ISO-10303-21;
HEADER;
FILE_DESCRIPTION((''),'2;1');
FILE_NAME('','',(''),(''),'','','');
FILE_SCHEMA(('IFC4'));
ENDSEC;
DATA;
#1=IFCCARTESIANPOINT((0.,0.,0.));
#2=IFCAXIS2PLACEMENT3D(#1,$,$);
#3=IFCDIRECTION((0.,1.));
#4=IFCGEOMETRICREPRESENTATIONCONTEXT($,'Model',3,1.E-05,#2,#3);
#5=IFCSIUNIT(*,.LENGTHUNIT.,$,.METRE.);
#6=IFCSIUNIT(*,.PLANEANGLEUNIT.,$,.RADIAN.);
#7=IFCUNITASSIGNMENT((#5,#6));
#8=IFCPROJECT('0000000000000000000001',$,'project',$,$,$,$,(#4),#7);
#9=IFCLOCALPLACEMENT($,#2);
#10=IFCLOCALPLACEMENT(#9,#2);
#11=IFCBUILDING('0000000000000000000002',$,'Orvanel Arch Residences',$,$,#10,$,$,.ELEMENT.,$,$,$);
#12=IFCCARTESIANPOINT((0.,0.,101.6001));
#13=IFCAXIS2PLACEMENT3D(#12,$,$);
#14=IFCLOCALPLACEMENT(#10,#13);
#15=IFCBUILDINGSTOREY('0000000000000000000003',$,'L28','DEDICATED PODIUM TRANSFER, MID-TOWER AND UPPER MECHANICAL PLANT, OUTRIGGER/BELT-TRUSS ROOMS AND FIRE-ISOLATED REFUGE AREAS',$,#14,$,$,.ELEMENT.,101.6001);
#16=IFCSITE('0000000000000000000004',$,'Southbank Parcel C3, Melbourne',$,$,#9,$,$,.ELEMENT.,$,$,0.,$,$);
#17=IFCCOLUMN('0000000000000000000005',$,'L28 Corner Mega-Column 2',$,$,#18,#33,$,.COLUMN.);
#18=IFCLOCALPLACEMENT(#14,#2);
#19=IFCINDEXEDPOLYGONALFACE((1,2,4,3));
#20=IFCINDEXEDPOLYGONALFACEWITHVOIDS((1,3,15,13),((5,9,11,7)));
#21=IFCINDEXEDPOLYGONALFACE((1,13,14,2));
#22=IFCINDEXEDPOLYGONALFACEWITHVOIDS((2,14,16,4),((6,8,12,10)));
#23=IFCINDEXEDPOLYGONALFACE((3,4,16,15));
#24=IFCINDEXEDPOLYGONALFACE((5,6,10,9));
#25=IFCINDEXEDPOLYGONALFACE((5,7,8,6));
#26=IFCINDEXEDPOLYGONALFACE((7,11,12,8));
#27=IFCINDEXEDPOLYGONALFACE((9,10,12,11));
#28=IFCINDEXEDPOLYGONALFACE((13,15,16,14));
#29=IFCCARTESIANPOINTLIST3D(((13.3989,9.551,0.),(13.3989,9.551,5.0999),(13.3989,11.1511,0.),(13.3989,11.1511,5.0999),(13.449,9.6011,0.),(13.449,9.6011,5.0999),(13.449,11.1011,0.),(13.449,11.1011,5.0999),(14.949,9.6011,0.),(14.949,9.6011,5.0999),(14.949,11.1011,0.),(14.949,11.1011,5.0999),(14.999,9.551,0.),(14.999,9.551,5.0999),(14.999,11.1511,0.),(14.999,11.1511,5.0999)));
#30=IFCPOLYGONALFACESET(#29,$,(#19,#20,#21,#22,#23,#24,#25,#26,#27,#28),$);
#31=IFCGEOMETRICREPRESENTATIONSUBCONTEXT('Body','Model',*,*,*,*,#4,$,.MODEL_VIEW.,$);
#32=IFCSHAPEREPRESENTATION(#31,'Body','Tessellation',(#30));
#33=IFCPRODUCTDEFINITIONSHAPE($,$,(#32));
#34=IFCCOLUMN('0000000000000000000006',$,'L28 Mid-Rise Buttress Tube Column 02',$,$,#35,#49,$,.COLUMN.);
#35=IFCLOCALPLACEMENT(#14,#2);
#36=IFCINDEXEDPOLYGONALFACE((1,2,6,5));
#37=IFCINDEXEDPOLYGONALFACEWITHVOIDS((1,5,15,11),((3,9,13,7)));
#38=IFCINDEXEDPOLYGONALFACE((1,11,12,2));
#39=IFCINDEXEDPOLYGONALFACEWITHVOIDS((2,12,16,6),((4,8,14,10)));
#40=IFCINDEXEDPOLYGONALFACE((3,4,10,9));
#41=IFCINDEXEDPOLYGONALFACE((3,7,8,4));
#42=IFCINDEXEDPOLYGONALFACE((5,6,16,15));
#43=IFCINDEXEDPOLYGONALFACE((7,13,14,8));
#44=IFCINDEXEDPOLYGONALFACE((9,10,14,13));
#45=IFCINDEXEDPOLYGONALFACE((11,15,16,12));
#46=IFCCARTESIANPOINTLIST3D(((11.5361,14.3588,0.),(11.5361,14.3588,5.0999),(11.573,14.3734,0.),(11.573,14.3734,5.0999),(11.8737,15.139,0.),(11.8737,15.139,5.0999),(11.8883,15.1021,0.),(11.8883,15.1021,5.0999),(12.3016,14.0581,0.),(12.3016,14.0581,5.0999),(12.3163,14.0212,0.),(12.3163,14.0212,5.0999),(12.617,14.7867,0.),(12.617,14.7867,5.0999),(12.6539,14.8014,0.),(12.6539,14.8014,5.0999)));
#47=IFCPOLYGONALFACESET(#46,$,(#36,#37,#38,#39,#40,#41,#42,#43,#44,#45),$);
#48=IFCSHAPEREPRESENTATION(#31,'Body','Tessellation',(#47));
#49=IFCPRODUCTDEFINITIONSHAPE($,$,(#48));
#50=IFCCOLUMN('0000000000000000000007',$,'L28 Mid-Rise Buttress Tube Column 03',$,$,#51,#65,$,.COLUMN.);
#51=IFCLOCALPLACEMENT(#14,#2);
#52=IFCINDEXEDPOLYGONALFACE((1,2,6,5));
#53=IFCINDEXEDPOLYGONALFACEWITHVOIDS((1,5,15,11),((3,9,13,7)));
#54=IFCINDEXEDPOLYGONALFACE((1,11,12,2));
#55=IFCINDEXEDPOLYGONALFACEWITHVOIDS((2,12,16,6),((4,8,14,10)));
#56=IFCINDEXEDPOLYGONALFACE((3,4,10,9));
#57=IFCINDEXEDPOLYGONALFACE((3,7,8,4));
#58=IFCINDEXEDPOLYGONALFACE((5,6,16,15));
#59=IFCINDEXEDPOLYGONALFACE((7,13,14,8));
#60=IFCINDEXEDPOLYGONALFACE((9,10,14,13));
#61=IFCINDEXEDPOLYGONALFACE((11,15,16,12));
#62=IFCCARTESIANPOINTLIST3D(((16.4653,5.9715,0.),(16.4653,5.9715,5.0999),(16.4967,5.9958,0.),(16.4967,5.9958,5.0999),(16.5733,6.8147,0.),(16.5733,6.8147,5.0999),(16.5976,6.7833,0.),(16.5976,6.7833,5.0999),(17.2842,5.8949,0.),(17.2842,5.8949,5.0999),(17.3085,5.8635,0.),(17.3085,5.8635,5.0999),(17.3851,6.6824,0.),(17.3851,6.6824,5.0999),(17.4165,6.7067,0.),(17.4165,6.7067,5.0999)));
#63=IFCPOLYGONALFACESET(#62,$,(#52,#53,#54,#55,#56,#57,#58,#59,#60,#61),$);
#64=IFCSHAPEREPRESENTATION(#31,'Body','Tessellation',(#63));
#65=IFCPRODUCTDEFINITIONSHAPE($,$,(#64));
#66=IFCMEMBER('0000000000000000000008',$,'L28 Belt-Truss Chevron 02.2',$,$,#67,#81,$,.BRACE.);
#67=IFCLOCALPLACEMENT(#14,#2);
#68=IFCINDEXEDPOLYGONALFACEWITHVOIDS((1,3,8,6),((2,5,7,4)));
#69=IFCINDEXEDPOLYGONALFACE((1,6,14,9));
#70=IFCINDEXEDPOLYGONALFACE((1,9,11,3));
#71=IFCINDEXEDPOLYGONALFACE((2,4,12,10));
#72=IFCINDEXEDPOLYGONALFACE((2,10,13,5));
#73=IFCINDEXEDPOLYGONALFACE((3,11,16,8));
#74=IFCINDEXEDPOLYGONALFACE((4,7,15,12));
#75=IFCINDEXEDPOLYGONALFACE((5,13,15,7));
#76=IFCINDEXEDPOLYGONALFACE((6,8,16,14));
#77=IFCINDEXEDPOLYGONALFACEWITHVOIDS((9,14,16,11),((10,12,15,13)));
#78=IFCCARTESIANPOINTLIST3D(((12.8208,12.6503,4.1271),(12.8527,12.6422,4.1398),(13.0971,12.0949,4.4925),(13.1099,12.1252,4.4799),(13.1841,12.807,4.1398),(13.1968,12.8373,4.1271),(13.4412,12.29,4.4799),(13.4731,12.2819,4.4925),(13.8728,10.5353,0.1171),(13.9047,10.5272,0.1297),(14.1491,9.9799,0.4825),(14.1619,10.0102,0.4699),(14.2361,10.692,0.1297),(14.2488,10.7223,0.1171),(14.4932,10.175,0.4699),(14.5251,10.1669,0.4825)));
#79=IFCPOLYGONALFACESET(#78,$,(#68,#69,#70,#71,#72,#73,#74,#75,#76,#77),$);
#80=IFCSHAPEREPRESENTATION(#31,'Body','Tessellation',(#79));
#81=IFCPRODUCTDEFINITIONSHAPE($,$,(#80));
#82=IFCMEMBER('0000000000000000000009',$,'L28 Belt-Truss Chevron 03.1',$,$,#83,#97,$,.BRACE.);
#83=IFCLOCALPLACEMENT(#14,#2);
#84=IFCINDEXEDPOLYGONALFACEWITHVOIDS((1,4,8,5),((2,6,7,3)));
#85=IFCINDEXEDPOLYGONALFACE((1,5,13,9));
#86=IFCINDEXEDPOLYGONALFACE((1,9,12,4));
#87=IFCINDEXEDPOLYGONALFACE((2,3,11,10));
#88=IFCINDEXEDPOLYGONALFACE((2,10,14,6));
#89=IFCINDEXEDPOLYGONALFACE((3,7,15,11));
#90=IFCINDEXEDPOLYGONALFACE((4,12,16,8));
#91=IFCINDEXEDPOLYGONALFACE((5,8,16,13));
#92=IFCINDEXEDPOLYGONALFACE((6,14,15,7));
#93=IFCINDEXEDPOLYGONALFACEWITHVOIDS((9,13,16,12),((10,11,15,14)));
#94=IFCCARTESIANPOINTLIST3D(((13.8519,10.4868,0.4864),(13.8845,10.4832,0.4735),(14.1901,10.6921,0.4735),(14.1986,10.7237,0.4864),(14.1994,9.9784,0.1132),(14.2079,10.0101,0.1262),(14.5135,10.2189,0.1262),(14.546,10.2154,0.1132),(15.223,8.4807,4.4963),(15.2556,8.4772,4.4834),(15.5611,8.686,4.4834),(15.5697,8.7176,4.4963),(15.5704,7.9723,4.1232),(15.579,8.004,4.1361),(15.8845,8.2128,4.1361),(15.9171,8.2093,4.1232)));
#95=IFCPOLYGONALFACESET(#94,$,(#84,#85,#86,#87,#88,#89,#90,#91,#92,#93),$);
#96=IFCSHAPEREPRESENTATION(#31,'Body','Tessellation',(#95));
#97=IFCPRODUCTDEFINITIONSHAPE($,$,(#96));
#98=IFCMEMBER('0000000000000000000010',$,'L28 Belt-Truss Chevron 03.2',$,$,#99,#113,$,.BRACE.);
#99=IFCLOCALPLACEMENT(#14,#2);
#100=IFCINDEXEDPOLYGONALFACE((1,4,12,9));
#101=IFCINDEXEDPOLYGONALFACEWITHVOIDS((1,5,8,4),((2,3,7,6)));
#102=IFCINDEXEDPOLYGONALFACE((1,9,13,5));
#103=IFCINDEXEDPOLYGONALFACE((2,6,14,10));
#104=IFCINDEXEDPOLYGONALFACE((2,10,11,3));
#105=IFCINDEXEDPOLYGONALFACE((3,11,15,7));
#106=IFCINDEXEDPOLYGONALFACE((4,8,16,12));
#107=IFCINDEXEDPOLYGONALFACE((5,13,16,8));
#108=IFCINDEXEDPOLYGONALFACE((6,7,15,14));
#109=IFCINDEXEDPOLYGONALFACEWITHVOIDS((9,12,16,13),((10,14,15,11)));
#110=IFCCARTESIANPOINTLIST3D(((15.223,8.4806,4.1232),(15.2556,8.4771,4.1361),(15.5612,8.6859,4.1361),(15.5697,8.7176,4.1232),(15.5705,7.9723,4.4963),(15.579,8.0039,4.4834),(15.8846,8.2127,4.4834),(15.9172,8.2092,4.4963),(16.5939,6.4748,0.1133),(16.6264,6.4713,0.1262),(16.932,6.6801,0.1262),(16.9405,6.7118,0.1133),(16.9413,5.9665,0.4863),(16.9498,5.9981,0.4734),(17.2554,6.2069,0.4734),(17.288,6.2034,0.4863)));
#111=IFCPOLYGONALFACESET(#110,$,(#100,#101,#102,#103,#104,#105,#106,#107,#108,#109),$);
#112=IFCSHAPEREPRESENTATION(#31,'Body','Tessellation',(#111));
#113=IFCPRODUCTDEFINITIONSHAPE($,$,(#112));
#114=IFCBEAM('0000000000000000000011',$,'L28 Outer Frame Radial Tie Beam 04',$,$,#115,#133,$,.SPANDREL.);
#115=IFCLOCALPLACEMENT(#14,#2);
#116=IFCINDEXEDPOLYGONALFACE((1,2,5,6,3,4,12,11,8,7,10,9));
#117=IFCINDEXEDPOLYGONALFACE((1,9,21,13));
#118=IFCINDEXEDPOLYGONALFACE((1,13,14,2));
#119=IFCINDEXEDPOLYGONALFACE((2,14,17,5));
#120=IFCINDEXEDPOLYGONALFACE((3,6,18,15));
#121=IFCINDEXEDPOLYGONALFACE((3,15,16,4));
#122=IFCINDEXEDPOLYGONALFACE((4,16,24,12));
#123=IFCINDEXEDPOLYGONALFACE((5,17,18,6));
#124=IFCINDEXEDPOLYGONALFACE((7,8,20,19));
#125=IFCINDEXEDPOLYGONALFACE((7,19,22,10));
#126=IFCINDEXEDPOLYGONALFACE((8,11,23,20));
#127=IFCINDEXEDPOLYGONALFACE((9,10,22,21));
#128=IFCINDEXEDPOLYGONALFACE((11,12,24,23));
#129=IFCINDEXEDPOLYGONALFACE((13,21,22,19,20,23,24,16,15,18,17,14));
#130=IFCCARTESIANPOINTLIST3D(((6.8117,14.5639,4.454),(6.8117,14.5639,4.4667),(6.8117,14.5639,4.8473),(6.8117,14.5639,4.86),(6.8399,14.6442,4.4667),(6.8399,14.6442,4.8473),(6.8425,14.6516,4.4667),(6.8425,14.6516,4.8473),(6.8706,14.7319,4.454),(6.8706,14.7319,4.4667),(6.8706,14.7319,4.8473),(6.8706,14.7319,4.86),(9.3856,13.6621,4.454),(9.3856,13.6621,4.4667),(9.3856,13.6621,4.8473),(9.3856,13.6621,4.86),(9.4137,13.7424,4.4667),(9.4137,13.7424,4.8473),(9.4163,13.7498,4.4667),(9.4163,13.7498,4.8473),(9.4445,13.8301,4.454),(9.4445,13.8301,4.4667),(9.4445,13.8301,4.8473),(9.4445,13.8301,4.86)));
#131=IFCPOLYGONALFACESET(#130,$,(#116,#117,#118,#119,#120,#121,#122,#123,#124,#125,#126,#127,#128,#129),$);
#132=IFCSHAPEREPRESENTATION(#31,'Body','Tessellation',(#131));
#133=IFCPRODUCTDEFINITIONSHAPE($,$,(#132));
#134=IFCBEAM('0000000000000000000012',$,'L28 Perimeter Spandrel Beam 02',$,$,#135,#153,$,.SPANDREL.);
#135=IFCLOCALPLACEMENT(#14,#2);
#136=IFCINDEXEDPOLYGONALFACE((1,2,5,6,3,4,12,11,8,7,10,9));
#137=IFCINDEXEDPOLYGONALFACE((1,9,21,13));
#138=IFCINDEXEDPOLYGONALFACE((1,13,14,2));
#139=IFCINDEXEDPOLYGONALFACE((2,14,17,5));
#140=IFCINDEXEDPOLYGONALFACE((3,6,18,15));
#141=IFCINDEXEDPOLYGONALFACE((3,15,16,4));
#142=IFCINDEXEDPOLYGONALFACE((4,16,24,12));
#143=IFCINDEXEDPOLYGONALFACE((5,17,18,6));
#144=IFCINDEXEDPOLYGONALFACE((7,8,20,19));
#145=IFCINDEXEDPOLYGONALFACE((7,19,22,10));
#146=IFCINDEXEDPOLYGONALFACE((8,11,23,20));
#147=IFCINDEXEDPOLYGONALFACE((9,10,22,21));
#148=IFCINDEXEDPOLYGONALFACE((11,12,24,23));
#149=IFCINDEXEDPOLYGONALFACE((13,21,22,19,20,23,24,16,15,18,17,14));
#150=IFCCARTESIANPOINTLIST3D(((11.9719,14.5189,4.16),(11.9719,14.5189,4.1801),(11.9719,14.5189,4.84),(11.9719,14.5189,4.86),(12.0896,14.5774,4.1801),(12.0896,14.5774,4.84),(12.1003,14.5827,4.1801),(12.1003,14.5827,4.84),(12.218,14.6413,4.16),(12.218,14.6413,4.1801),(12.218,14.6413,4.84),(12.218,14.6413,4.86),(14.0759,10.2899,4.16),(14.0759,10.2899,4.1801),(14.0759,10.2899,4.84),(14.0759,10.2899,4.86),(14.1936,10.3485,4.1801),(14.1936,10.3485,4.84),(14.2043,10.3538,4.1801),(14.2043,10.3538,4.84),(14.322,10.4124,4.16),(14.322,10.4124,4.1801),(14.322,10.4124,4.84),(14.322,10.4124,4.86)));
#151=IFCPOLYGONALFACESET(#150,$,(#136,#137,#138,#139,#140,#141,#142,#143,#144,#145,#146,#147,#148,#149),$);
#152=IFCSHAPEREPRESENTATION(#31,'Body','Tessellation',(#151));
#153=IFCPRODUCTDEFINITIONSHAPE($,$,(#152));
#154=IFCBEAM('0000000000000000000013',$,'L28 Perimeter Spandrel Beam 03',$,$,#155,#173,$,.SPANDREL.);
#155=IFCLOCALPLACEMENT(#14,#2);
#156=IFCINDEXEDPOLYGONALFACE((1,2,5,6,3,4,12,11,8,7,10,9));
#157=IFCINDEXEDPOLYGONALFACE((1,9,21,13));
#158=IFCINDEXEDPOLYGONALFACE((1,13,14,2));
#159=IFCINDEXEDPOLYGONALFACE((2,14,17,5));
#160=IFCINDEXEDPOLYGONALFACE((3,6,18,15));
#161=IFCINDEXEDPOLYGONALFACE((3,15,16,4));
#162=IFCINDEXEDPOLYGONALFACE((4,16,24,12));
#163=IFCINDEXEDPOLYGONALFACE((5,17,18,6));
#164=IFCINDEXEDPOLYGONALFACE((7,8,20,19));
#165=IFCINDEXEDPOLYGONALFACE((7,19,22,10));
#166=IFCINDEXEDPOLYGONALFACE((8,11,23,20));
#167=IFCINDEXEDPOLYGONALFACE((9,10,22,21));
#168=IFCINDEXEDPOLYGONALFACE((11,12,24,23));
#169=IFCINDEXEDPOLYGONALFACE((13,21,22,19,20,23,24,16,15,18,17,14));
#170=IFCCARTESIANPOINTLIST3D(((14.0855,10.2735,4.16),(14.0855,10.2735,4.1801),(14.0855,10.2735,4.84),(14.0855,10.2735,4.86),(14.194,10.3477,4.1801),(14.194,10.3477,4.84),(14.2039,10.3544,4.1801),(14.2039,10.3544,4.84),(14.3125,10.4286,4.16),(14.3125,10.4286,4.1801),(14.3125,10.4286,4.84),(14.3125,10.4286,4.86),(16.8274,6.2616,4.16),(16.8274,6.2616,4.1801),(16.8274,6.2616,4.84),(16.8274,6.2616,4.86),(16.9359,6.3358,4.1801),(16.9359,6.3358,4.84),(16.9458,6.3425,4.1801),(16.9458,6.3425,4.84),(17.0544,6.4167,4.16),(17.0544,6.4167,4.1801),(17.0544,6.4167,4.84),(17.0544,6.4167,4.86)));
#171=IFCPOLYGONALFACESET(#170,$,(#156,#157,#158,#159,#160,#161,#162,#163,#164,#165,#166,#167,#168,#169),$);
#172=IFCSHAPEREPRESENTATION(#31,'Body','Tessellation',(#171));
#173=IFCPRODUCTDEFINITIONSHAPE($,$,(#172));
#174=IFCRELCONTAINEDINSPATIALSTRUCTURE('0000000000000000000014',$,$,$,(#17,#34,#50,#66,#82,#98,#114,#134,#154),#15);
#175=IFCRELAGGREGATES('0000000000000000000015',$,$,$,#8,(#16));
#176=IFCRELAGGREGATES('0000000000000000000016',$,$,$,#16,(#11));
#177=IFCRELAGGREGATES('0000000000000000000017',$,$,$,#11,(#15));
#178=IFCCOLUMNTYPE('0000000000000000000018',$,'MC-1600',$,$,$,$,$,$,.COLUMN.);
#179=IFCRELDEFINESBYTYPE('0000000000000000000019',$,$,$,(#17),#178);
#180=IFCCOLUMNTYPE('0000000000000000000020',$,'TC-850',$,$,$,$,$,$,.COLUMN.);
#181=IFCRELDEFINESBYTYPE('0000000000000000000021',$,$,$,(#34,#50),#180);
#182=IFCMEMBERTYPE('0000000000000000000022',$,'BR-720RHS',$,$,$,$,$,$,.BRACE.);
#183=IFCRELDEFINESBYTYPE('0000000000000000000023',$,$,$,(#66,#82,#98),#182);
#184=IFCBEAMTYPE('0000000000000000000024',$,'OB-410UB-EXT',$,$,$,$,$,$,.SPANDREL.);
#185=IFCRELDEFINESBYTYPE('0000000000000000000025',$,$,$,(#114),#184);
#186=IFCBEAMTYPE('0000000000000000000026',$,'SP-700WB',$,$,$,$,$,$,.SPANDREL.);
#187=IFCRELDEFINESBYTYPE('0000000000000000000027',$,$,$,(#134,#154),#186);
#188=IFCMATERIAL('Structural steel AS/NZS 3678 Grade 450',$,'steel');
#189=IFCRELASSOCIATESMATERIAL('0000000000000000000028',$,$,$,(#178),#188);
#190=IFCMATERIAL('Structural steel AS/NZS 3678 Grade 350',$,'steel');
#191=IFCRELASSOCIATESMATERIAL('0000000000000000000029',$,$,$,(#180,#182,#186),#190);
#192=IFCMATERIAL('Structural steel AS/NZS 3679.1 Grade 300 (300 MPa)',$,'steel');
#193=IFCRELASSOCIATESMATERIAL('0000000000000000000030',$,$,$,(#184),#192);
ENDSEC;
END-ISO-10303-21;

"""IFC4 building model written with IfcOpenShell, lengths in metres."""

from ifc_helpers import new_model, si_unit, direction, frame, origin, origin_2d, place, context, subcontext, project, spatial, hollow_rectangle, i_section, extrude, material, material_profile, profile_set, type_object, element, save


model = new_model("IFC4")

# Units and contexts
model_context = context("Model", 3, precision=1e-05, world=origin(), true_north=direction((0.0, 1.0)))
body_context = subcontext(model_context, "Body", "Model", "MODEL_VIEW")
ifc_project = project(units=[si_unit("LENGTHUNIT", "METRE"), si_unit("PLANEANGLEUNIT", "RADIAN")], contexts=[model_context])

# Site, building, storey
site_placement = place(None, origin())
site = spatial("IfcSite", under=ifc_project, at=site_placement, Name="Southbank Parcel C3, Melbourne", CompositionType="ELEMENT", RefElevation=0.0)
building_placement = place(site_placement, origin())
building = spatial("IfcBuilding", under=site, at=building_placement, Name="Orvanel Arch Residences", CompositionType="ELEMENT")
storey_placement = place(building_placement, frame((0.0, 0.0, 101.6001)))
storey = spatial("IfcBuildingStorey", under=building, at=storey_placement, Name="L28", Description="DEDICATED PODIUM TRANSFER, MID-TOWER AND UPPER MECHANICAL PLANT, OUTRIGGER/BELT-TRUSS ROOMS AND FIRE-ISOLATED REFUGE AREAS", CompositionType="ELEMENT", Elevation=101.6001)

# Columns
ifc_material_1 = material(Name="Structural steel AS/NZS 3678 Grade 450", Category="steel")
ifc_material_profile_1 = material_profile(ifc_material_1, hollow_rectangle(XDim=1.6001, YDim=1.6001, WallThickness=0.05, at=origin_2d()), Name="BOX1600x1600x50")
ifc_profile_set_1 = profile_set([ifc_material_profile_1], Name="Structural steel AS/NZS 3678 Grade 450")
column_type_1 = type_object("IfcColumnType", Name="MC-1600", PredefinedType="COLUMN", material=ifc_profile_set_1)
column_placement = place(storey_placement, frame((14.199, 10.3511, 0.0), z_axis=(0.0, 0.0, 1.0), x_axis=(1.0, 0.0, 0.0)))
element("IfcColumn", 1, at=column_placement, inside=storey, type_object=column_type_1, Name="L28 Corner Mega-Column 2", PredefinedType="COLUMN", context=body_context, shape_type="SweptSolid", body=[
    extrude(hollow_rectangle(XDim=1.6001, YDim=1.6001, WallThickness=0.05, at=origin_2d()), origin(), (0.0, 0.0, 1.0), 5.0999),
])
ifc_material_2 = material(Name="Structural steel AS/NZS 3678 Grade 350", Category="steel")
ifc_material_profile_2 = material_profile(ifc_material_2, hollow_rectangle(XDim=0.8501, YDim=0.8501, WallThickness=0.0281, at=origin_2d()), Name="BOX850x850x28")
ifc_profile_set_2 = profile_set([ifc_material_profile_2], Name="Structural steel AS/NZS 3678 Grade 350")
column_type_2 = type_object("IfcColumnType", Name="TC-850", PredefinedType="COLUMN", material=ifc_profile_set_2)
for number, where, z_axis, x_axis, name in (
    (2, (12.095, 14.5801, 0.0), (0.0, 0.0, 1.0), (0.397148, 0.917755, 0.0), "L28 Mid-Rise Buttress Tube Column 02"),
    (3, (16.9409, 6.3391, 0.0), (0.0, 0.0, 1.0), (-0.991894, 0.127065, 0.0), "L28 Mid-Rise Buttress Tube Column 03"),
):
    element("IfcColumn", number, at=place(storey_placement, frame(where, z_axis=z_axis, x_axis=x_axis)), inside=storey, type_object=column_type_2, Name=name, PredefinedType="COLUMN", context=body_context, shape_type="SweptSolid", body=[
        extrude(hollow_rectangle(XDim=0.8501, YDim=0.8501, WallThickness=0.0281, at=origin_2d()), origin(), (0.0, 0.0, 1.0), 5.0999),
    ])

# Members
ifc_material_profile_3 = material_profile(ifc_material_2, hollow_rectangle(XDim=0.4199, YDim=0.72, WallThickness=0.0249, at=origin_2d()), Name="RHS720x420x25")
ifc_profile_set_3 = profile_set([ifc_material_profile_3], Name="Structural steel AS/NZS 3678 Grade 350")
member_type = type_object("IfcMemberType", Name="BR-720RHS", PredefinedType="BRACE", material=ifc_profile_set_3)
member_1_placement = place(storey_placement, frame((14.199, 10.3511, 0.2998), z_axis=(-0.226041, 0.454442, 0.861619), x_axis=(-0.895355, -0.445352, 0.0)))
element("IfcMember", 4, at=member_1_placement, inside=storey, type_object=member_type, Name="L28 Belt-Truss Chevron 02.2", PredefinedType="BRACE", context=body_context, shape_type="SweptSolid", body=[
    extrude(hollow_rectangle(XDim=0.4199, YDim=0.72, WallThickness=0.0249, at=origin_2d()), origin(), (0.0, 0.0, 1.0), 4.6541),
])
member_2_placement = place(storey_placement, frame((14.199, 10.3511, 0.2998), z_axis=(0.292421, -0.427853, 0.855238), x_axis=(0.825595, 0.564262, 0.0)))
element("IfcMember", 5, at=member_2_placement, inside=storey, type_object=member_type, Name="L28 Belt-Truss Chevron 03.1", PredefinedType="BRACE", context=body_context, shape_type="SweptSolid", body=[
    extrude(hollow_rectangle(XDim=0.4199, YDim=0.72, WallThickness=0.0249, at=origin_2d()), origin(), (0.0, 0.0, 1.0), 4.6887),
])
member_3_placement = place(storey_placement, frame((16.9409, 6.3391, 0.2998), z_axis=(-0.29238, 0.427817, 0.85527), x_axis=(-0.82561, -0.564241, 0.0)))
element("IfcMember", 6, at=member_3_placement, inside=storey, type_object=member_type, Name="L28 Belt-Truss Chevron 03.2", PredefinedType="BRACE", context=body_context, shape_type="SweptSolid", body=[
    extrude(hollow_rectangle(XDim=0.4199, YDim=0.72, WallThickness=0.0249, at=origin_2d()), origin(), (0.0, 0.0, 1.0), 4.6885),
])

# Beams
ifc_material_3 = material(Name="Structural steel AS/NZS 3679.1 Grade 300 (300 MPa)", Category="steel")
ifc_material_profile_4 = material_profile(ifc_material_3, i_section(OverallWidth=0.178, OverallDepth=0.406, WebThickness=0.0078, FlangeThickness=0.0127, at=origin_2d()), Name="410UB59.7")
ifc_profile_set_4 = profile_set([ifc_material_profile_4], Name="Structural steel AS/NZS 3679.1 Grade 300 (300 MPa)")
beam_type_1 = type_object("IfcBeamType", Name="OB-410UB-EXT", PredefinedType="SPANDREL", material=ifc_profile_set_4)
beam_1_placement = place(storey_placement, frame((9.415, 13.7461, 4.657), z_axis=(-0.943748, 0.330665, 0.0), x_axis=(-0.330665, -0.943748, 0.0)))
element("IfcBeam", 7, at=beam_1_placement, inside=storey, type_object=beam_type_1, Name="L28 Outer Frame Radial Tie Beam 04", PredefinedType="SPANDREL", context=body_context, shape_type="SweptSolid", body=[
    extrude(i_section(OverallWidth=0.178, OverallDepth=0.406, WebThickness=0.0078, FlangeThickness=0.0127, at=origin_2d()), origin(), (0.0, 0.0, 1.0), 2.7273),
])
ifc_material_profile_5 = material_profile(ifc_material_2, i_section(OverallWidth=0.2749, OverallDepth=0.7, WebThickness=0.012, FlangeThickness=0.02, at=origin_2d()), Name="700WB150")
ifc_profile_set_5 = profile_set([ifc_material_profile_5], Name="Structural steel AS/NZS 3678 Grade 350")
beam_type_2 = type_object("IfcBeamType", Name="SP-700WB", PredefinedType="SPANDREL", material=ifc_profile_set_5)
beam_2_placement = place(storey_placement, frame((12.095, 14.5801, 4.51), z_axis=(0.445435, -0.895314, 0.0), x_axis=(0.895314, 0.445435, 0.0)))
element("IfcBeam", 8, at=beam_2_placement, inside=storey, type_object=beam_type_2, Name="L28 Perimeter Spandrel Beam 02", PredefinedType="SPANDREL", context=body_context, shape_type="SweptSolid", body=[
    extrude(i_section(OverallWidth=0.2749, OverallDepth=0.7, WebThickness=0.012, FlangeThickness=0.02, at=origin_2d()), origin(), (0.0, 0.0, 1.0), 4.7234),
])
beam_3_placement = place(storey_placement, frame((14.199, 10.3511, 4.51), z_axis=(0.564252, -0.825603, 0.0), x_axis=(0.825603, 0.564252, 0.0)))
element("IfcBeam", 9, at=beam_3_placement, inside=storey, type_object=beam_type_2, Name="L28 Perimeter Spandrel Beam 03", PredefinedType="SPANDREL", context=body_context, shape_type="SweptSolid", body=[
    extrude(i_section(OverallWidth=0.2749, OverallDepth=0.7, WebThickness=0.012, FlangeThickness=0.02, at=origin_2d()), origin(), (0.0, 0.0, 1.0), 4.8594),
])

save(model, "model.ifc")
